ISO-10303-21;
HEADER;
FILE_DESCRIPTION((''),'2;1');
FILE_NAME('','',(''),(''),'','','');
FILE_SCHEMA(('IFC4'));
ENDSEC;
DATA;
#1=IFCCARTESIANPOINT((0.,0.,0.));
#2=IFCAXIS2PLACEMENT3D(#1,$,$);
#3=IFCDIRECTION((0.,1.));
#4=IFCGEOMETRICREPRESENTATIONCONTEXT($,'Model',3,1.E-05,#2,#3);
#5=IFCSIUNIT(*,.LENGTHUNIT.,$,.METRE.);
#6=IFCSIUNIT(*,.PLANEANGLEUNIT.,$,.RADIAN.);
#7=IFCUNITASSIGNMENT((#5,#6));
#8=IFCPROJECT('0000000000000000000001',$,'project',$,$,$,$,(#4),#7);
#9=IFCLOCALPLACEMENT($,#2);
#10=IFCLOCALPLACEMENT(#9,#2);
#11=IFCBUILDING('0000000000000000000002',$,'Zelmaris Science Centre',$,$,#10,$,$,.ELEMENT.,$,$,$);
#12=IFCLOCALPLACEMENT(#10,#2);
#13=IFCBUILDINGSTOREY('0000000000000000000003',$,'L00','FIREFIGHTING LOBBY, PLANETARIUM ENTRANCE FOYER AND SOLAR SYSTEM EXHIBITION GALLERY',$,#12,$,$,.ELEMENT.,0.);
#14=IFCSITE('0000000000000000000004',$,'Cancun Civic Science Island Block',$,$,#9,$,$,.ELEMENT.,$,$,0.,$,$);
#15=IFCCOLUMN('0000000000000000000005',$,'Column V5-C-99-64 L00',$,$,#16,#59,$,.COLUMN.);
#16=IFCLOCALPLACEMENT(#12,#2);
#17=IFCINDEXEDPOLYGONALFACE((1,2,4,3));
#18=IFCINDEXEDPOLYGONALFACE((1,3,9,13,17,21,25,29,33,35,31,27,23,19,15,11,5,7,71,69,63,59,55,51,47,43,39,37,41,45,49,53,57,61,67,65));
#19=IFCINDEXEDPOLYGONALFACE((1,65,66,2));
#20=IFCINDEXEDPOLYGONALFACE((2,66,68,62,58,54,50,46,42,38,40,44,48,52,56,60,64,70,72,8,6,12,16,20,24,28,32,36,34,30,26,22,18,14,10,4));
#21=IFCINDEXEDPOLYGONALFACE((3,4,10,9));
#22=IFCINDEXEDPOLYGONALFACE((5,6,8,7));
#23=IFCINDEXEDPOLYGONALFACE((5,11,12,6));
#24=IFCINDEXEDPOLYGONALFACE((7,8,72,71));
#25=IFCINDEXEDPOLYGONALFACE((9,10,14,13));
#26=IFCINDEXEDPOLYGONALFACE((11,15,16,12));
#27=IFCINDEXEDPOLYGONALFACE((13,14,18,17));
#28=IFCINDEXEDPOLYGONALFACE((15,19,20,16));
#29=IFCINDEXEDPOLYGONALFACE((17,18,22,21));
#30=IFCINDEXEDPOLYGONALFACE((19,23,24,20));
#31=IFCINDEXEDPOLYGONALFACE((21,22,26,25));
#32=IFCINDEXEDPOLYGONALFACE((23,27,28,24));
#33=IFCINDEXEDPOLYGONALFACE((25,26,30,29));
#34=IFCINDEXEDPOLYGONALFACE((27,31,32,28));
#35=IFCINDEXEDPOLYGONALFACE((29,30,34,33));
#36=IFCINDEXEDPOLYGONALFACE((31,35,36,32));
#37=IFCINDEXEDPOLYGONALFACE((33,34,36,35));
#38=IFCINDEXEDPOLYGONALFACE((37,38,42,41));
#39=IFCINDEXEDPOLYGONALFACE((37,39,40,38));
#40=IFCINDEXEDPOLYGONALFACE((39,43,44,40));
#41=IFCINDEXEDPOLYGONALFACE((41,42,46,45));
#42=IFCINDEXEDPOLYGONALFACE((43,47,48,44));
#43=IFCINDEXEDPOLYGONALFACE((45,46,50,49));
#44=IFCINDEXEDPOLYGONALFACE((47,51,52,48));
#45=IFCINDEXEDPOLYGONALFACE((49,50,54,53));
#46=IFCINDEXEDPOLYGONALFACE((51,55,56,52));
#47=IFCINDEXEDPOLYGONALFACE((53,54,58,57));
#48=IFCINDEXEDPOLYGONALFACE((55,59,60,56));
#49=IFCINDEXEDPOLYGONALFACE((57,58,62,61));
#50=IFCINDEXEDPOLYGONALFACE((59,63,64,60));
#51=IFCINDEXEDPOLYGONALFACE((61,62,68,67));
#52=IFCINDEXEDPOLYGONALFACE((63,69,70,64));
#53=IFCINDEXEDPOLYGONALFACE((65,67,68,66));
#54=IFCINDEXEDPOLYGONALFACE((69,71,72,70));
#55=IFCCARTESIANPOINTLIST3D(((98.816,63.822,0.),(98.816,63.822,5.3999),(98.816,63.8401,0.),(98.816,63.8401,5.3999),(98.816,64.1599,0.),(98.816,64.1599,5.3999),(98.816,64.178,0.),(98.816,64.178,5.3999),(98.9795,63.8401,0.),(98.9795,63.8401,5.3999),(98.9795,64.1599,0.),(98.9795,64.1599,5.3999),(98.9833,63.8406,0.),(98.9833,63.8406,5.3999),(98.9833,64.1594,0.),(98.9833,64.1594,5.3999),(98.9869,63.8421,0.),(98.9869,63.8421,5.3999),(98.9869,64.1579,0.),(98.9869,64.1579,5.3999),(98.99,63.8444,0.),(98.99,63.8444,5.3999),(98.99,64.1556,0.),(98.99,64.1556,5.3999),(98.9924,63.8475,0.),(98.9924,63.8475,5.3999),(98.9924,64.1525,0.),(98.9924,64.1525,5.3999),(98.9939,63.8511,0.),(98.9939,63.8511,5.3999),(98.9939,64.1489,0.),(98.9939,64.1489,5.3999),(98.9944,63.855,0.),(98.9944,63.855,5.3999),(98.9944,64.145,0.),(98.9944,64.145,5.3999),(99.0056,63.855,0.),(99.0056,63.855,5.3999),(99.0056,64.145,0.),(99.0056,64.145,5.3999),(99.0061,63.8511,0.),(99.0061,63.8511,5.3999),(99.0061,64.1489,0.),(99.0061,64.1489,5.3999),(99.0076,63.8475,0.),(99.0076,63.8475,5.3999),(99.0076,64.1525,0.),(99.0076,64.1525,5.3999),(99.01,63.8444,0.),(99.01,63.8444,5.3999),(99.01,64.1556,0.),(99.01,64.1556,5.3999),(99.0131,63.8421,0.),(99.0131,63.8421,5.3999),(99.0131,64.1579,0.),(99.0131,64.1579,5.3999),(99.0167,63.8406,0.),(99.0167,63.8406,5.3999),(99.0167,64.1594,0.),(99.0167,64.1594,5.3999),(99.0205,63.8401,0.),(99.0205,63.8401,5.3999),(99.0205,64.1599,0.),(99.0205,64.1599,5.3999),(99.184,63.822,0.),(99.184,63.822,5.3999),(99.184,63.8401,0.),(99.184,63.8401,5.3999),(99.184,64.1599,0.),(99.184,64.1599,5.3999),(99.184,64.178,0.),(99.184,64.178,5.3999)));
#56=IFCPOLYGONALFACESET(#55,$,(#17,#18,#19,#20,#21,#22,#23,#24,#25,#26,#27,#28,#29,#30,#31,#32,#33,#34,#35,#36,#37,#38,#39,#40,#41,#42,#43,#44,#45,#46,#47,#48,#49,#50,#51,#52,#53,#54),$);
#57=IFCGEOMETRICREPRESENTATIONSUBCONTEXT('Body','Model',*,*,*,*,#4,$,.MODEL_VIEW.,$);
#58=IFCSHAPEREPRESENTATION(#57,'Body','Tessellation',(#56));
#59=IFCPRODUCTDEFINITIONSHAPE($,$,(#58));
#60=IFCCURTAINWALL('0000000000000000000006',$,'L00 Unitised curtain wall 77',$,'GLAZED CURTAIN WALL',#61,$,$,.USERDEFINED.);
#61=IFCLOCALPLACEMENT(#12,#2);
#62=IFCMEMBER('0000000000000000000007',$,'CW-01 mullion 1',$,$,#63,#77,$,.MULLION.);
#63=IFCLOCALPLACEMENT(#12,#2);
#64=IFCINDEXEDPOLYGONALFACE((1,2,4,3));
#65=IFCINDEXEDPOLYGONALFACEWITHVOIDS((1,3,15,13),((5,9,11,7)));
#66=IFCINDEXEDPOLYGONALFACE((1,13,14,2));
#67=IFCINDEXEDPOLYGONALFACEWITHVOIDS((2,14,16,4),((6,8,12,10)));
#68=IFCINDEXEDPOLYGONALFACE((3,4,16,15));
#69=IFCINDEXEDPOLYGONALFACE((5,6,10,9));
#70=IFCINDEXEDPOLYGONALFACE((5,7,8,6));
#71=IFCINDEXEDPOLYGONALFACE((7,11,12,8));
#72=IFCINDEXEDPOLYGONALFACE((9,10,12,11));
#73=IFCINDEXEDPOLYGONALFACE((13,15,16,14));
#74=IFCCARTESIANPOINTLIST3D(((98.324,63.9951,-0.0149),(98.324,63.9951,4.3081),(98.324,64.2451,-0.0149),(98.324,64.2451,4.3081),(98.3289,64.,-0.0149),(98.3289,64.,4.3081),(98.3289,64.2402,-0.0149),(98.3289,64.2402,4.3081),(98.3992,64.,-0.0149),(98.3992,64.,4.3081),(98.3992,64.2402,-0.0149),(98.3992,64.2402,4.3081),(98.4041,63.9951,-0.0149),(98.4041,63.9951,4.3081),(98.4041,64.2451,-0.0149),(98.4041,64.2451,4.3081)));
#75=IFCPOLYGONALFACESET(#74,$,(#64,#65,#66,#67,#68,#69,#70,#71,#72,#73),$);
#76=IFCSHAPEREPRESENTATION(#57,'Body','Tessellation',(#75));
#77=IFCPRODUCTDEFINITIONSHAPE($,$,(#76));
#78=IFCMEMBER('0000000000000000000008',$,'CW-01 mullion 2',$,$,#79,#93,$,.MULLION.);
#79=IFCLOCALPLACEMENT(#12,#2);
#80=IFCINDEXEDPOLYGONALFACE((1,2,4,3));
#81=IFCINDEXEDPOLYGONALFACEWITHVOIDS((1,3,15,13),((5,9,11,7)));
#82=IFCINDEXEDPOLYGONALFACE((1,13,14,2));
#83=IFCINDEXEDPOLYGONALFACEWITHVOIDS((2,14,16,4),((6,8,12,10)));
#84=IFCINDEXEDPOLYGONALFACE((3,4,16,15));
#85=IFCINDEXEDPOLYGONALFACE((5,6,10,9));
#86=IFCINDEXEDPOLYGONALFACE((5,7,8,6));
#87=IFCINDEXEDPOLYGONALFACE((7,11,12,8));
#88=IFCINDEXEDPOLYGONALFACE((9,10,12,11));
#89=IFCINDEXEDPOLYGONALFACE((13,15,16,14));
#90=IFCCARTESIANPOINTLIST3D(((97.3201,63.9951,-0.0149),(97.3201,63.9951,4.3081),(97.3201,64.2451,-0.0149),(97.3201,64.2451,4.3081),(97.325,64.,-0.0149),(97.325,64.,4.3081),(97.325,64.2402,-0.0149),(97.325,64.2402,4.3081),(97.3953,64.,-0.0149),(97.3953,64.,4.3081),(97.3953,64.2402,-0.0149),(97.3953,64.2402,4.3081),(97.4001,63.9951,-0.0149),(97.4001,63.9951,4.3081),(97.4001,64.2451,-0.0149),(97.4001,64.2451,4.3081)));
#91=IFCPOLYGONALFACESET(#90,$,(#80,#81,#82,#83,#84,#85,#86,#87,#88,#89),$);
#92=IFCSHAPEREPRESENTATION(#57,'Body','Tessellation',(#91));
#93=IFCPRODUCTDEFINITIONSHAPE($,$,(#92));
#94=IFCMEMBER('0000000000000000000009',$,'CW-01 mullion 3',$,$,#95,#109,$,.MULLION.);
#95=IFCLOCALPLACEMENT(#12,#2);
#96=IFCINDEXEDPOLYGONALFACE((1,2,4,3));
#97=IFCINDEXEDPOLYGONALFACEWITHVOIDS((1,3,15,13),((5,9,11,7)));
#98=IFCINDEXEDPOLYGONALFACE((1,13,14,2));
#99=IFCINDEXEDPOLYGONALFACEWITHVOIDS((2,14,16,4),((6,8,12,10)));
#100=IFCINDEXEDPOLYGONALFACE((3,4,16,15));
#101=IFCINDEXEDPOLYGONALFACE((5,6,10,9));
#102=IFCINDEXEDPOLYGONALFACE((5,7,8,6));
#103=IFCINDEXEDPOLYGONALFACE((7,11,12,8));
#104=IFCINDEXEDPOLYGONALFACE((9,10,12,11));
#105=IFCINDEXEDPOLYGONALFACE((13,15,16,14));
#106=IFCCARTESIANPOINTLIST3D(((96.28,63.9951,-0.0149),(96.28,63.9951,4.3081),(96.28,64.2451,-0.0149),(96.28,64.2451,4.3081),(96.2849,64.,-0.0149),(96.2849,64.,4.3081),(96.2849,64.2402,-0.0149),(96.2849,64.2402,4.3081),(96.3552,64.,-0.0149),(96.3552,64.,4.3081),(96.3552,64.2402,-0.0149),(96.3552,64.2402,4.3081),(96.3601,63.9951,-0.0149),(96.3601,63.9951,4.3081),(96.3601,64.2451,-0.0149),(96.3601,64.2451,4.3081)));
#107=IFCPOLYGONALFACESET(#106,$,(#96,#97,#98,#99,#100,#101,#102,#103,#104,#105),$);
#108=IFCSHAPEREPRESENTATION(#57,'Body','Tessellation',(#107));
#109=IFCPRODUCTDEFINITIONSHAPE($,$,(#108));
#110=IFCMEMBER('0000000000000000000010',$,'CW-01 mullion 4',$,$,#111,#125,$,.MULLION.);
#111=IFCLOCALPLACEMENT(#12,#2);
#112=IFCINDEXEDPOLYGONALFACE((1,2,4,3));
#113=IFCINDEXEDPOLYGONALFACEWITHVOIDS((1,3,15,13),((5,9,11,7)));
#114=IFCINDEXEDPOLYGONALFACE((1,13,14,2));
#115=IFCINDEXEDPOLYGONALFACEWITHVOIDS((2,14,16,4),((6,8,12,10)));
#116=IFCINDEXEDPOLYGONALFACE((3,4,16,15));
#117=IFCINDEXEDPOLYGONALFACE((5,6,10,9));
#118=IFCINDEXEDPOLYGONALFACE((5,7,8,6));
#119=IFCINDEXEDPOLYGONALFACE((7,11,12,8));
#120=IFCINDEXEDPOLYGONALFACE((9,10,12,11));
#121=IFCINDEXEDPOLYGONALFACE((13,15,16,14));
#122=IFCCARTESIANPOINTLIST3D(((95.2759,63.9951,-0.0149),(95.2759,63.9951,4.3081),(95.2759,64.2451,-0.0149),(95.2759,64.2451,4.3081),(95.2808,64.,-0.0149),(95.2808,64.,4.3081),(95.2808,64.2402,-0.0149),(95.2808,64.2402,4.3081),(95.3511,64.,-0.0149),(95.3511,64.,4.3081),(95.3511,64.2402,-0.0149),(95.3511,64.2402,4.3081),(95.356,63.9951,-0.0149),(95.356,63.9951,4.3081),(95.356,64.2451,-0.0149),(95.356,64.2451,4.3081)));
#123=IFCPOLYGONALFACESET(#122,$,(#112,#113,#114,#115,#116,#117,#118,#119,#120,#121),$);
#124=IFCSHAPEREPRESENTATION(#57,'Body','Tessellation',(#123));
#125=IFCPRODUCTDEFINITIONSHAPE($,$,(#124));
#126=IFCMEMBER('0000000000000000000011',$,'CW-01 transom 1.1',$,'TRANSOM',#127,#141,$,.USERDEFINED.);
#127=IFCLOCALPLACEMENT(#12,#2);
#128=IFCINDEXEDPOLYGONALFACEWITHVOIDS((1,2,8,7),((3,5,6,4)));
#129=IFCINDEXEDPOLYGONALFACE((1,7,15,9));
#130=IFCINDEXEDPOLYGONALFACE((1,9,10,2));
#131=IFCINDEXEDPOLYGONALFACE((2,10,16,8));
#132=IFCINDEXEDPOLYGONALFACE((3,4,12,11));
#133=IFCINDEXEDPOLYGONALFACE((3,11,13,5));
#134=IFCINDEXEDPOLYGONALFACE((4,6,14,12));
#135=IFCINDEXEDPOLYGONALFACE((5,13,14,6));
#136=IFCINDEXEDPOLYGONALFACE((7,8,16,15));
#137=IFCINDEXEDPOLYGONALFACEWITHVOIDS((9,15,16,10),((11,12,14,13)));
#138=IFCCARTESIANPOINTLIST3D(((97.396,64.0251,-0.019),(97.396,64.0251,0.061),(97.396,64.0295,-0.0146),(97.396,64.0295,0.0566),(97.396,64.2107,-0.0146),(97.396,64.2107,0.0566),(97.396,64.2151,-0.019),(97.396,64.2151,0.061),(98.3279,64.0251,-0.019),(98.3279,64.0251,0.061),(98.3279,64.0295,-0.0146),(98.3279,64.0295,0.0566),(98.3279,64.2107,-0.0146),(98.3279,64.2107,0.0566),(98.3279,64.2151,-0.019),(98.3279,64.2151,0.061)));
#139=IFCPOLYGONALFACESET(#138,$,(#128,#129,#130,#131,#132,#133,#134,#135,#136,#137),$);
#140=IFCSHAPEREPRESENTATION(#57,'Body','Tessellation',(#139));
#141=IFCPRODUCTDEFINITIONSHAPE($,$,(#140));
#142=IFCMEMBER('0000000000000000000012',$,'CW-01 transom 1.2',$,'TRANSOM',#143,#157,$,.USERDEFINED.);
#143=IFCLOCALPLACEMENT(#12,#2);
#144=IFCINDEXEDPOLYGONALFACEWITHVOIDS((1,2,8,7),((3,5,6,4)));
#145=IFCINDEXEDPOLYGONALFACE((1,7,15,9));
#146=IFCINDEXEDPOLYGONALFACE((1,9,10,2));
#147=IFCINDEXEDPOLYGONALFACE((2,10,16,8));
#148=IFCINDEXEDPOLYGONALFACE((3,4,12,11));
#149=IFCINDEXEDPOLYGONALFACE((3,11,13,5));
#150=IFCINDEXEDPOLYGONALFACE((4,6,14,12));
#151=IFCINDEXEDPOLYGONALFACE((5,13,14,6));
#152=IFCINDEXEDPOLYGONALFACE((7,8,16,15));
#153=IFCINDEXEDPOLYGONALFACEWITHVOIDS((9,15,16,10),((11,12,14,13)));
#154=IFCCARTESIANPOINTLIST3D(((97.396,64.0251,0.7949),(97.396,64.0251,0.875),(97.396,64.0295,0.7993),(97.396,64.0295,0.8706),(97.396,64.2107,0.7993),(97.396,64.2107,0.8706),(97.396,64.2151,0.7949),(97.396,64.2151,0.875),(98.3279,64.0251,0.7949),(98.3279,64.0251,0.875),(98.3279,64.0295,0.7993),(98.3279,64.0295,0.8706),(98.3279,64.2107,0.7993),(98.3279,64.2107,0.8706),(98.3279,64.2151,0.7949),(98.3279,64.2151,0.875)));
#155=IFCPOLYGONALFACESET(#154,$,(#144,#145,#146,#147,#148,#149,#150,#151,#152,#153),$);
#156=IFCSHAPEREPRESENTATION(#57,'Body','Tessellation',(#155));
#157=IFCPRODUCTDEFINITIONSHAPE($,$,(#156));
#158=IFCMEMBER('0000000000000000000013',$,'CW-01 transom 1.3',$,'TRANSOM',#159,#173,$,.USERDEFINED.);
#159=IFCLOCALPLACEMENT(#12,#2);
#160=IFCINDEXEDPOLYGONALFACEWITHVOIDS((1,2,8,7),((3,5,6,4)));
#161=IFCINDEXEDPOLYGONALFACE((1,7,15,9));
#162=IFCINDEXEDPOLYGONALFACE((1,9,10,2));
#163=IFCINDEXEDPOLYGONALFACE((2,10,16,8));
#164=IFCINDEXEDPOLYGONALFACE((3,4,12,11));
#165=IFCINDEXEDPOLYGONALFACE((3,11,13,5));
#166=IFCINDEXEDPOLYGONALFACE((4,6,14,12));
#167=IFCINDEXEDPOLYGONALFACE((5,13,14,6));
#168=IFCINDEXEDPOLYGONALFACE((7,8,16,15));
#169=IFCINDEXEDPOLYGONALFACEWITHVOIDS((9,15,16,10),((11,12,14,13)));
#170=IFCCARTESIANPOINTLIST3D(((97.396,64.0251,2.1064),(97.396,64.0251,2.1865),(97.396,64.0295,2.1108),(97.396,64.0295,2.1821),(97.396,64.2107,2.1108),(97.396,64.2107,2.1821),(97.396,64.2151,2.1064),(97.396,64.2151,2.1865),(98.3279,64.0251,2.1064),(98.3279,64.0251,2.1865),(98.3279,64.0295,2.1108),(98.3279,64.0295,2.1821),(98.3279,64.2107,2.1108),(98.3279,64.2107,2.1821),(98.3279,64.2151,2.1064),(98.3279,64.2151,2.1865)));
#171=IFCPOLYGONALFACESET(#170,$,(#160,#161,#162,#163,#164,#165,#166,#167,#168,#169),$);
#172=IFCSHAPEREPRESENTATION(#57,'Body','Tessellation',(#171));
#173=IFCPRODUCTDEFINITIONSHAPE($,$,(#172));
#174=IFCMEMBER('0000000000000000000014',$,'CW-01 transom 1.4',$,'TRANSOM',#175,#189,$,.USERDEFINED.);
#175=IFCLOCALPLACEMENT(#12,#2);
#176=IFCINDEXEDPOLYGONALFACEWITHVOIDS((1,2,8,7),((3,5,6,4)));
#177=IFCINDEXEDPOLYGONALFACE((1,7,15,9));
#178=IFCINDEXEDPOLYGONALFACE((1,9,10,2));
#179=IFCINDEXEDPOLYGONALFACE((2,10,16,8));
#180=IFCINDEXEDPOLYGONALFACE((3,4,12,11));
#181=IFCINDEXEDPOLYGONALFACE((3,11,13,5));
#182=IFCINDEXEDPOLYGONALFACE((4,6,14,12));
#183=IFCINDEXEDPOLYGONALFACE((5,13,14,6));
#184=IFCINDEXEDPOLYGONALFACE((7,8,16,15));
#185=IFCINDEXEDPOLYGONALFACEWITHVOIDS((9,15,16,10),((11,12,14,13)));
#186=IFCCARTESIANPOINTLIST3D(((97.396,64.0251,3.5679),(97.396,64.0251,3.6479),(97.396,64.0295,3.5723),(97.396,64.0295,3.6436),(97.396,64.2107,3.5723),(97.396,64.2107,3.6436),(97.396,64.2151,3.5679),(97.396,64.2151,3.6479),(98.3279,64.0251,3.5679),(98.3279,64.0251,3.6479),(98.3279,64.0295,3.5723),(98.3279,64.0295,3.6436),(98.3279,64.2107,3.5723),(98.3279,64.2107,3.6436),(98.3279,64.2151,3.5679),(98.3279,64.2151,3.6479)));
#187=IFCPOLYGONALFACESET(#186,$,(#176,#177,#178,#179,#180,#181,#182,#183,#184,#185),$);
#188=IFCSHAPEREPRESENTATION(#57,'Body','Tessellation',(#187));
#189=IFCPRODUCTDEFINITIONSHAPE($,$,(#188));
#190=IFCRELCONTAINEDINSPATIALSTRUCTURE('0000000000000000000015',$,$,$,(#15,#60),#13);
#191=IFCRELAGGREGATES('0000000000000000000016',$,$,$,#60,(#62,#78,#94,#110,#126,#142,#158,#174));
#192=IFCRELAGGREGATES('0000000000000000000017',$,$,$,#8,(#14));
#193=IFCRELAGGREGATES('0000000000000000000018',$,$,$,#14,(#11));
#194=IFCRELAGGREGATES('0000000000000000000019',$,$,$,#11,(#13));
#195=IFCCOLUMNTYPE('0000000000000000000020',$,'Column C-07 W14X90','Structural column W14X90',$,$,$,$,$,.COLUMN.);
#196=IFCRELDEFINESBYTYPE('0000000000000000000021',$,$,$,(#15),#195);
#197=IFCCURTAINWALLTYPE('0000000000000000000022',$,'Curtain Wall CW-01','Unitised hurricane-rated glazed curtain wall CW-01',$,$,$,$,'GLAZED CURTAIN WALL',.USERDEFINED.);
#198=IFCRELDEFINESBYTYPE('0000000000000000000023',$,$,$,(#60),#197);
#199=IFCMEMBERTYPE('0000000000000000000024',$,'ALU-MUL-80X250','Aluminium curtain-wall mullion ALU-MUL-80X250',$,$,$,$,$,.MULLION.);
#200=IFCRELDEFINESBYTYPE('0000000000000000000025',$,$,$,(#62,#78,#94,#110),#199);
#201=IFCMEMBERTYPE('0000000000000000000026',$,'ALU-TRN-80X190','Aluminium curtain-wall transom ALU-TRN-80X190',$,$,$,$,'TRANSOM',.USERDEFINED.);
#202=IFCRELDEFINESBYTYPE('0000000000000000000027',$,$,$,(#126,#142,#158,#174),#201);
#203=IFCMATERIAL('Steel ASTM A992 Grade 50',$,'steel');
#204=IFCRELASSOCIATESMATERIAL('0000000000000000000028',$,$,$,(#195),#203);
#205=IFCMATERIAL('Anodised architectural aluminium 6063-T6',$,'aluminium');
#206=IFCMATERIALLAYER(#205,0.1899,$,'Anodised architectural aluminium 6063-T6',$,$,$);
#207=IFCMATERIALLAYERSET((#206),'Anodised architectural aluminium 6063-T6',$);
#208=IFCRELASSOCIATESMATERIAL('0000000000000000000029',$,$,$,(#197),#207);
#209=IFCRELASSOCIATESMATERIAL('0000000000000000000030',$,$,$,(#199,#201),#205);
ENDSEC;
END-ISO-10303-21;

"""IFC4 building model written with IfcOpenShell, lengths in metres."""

from ifc_helpers import new_model, si_unit, direction, frame, origin, origin_2d, place, context, subcontext, project, spatial, hollow_rectangle, i_section, extrude, material, layer, layer_set, material_profile, profile_set, type_object, element, aggregate, save


model = new_model("IFC4")

# Units and contexts
model_context = context("Model", 3, precision=1e-05, world=origin(), true_north=direction((0.0, 1.0)))
body_context = subcontext(model_context, "Body", "Model", "MODEL_VIEW")
ifc_project = project(units=[si_unit("LENGTHUNIT", "METRE"), si_unit("PLANEANGLEUNIT", "RADIAN")], contexts=[model_context])

# Site, building, storey
site_placement = place(None, origin())
site = spatial("IfcSite", under=ifc_project, at=site_placement, Name="Cancun Civic Science Island Block", CompositionType="ELEMENT", RefElevation=0.0)
building_placement = place(site_placement, origin())
building = spatial("IfcBuilding", under=site, at=building_placement, Name="Zelmaris Science Centre", CompositionType="ELEMENT")
storey_placement = place(building_placement, origin())
storey = spatial("IfcBuildingStorey", under=building, at=storey_placement, Name="L00", Description="FIREFIGHTING LOBBY, PLANETARIUM ENTRANCE FOYER AND SOLAR SYSTEM EXHIBITION GALLERY", CompositionType="ELEMENT", Elevation=0.0)

# Column
ifc_material_1 = material(Name="Steel ASTM A992 Grade 50", Category="steel")
ifc_material_profile_1 = material_profile(ifc_material_1, i_section(OverallWidth=0.3679, OverallDepth=0.356, WebThickness=0.0112, FlangeThickness=0.0181, FilletRadius=0.0149, at=origin_2d()), Name="W14X90")
ifc_profile_set_1 = profile_set([ifc_material_profile_1], Name="Steel ASTM A992 Grade 50")
column_type = type_object("IfcColumnType", Name="Column C-07 W14X90", Description="Structural column W14X90", PredefinedType="COLUMN", material=ifc_profile_set_1)
column_placement = place(storey_placement, frame((99.0, 64.0, 0.0), z_axis=(0.0, 0.0, 1.0), x_axis=(1.0, 0.0, 0.0)))
element("IfcColumn", 1, at=column_placement, inside=storey, type_object=column_type, Name="Column V5-C-99-64 L00", PredefinedType="COLUMN", context=body_context, shape_type="SweptSolid", body=[
    extrude(i_section(OverallWidth=0.3679, OverallDepth=0.356, WebThickness=0.0112, FlangeThickness=0.0181, FilletRadius=0.0149, at=origin_2d()), origin(), (0.0, 0.0, 1.0), 5.3999),
])

# Curtain wall, members
ifc_material_2 = material(Name="Anodised architectural aluminium 6063-T6", Category="aluminium")
ifc_layer_1 = layer(ifc_material_2, 0.1899, Name="Anodised architectural aluminium 6063-T6")
ifc_layer_set_1 = layer_set([ifc_layer_1], Name="Anodised architectural aluminium 6063-T6")
curtain_wall_type = type_object("IfcCurtainWallType", Name="Curtain Wall CW-01", Description="Unitised hurricane-rated glazed curtain wall CW-01", ElementType="GLAZED CURTAIN WALL", PredefinedType="USERDEFINED", material=ifc_layer_set_1)
curtain_wall_placement = place(storey_placement, origin())
curtain_wall = element("IfcCurtainWall", 2, at=curtain_wall_placement, inside=storey, type_object=curtain_wall_type, Name="L00 Unitised curtain wall 77", ObjectType="GLAZED CURTAIN WALL", PredefinedType="USERDEFINED")
ifc_material_profile_2 = material_profile(ifc_material_2, hollow_rectangle(XDim=0.0801, YDim=0.25, WallThickness=0.0049, at=origin_2d()), Name="ALU-MUL-80X250")
ifc_profile_set_2 = profile_set([ifc_material_profile_2], Name="Anodised architectural aluminium 6063-T6")
member_type_1 = type_object("IfcMemberType", Name="ALU-MUL-80X250", Description="Aluminium curtain-wall mullion ALU-MUL-80X250", PredefinedType="MULLION", material=ifc_profile_set_2)
member_1_placement = place(storey_placement, frame((98.364, 64.1201, -0.0149), z_axis=(0.0, 0.0, 1.0), x_axis=(-1.0, 0.000009, 0.0)))
member_1 = element("IfcMember", 3, at=member_1_placement, type_object=member_type_1, Name="CW-01 mullion 1", PredefinedType="MULLION", context=body_context, shape_type="SweptSolid", body=[
    extrude(hollow_rectangle(XDim=0.0801, YDim=0.25, WallThickness=0.0049, at=origin_2d()), origin(), (0.0, 0.0, 1.0), 4.323),
])
member_2_placement = place(storey_placement, frame((97.3601, 64.1201, -0.0149), z_axis=(0.0, 0.0, 1.0), x_axis=(-1.0, 0.000009, 0.0)))
member_2 = element("IfcMember", 4, at=member_2_placement, type_object=member_type_1, Name="CW-01 mullion 2", PredefinedType="MULLION", context=body_context, shape_type="SweptSolid", body=[
    extrude(hollow_rectangle(XDim=0.0801, YDim=0.25, WallThickness=0.0049, at=origin_2d()), origin(), (0.0, 0.0, 1.0), 4.323),
])
member_3_placement = place(storey_placement, frame((96.3201, 64.1201, -0.0149), z_axis=(0.0, 0.0, 1.0), x_axis=(-1.0, 0.000009, 0.0)))
member_3 = element("IfcMember", 5, at=member_3_placement, type_object=member_type_1, Name="CW-01 mullion 3", PredefinedType="MULLION", context=body_context, shape_type="SweptSolid", body=[
    extrude(hollow_rectangle(XDim=0.0801, YDim=0.25, WallThickness=0.0049, at=origin_2d()), origin(), (0.0, 0.0, 1.0), 4.323),
])
member_4_placement = place(storey_placement, frame((95.3159, 64.1201, -0.0149), z_axis=(0.0, 0.0, 1.0), x_axis=(-1.0, 0.000009, 0.0)))
member_4 = element("IfcMember", 6, at=member_4_placement, type_object=member_type_1, Name="CW-01 mullion 4", PredefinedType="MULLION", context=body_context, shape_type="SweptSolid", body=[
    extrude(hollow_rectangle(XDim=0.0801, YDim=0.25, WallThickness=0.0049, at=origin_2d()), origin(), (0.0, 0.0, 1.0), 4.323),
])
ifc_material_profile_3 = material_profile(ifc_material_2, hollow_rectangle(XDim=0.0801, YDim=0.1899, WallThickness=0.0044, at=origin_2d()), Name="ALU-TRN-80X190")
ifc_profile_set_3 = profile_set([ifc_material_profile_3], Name="Anodised architectural aluminium 6063-T6")
member_type_2 = type_object("IfcMemberType", Name="ALU-TRN-80X190", Description="Aluminium curtain-wall transom ALU-TRN-80X190", ElementType="TRANSOM", PredefinedType="USERDEFINED", material=ifc_profile_set_3)
member_5_placement = place(storey_placement, frame((98.3279, 64.1201, 0.021), z_axis=(-1.0, 0.0, 0.0), x_axis=(0.0, 0.0, 1.0)))
member_5 = element("IfcMember", 7, at=member_5_placement, type_object=member_type_2, Name="CW-01 transom 1.1", ObjectType="TRANSOM", PredefinedType="USERDEFINED", context=body_context, shape_type="SweptSolid", body=[
    extrude(hollow_rectangle(XDim=0.0801, YDim=0.1899, WallThickness=0.0044, at=origin_2d()), origin(), (0.0, 0.0, 1.0), 0.9319),
])
member_6_placement = place(storey_placement, frame((98.3279, 64.1201, 0.835), z_axis=(-1.0, 0.0, 0.0), x_axis=(0.0, 0.0, 1.0)))
member_6 = element("IfcMember", 8, at=member_6_placement, type_object=member_type_2, Name="CW-01 transom 1.2", ObjectType="TRANSOM", PredefinedType="USERDEFINED", context=body_context, shape_type="SweptSolid", body=[
    extrude(hollow_rectangle(XDim=0.0801, YDim=0.1899, WallThickness=0.0044, at=origin_2d()), origin(), (0.0, 0.0, 1.0), 0.9319),
])
member_7_placement = place(storey_placement, frame((98.3279, 64.1201, 2.1465), z_axis=(-1.0, 0.0, 0.0), x_axis=(0.0, 0.0, 1.0)))
member_7 = element("IfcMember", 9, at=member_7_placement, type_object=member_type_2, Name="CW-01 transom 1.3", ObjectType="TRANSOM", PredefinedType="USERDEFINED", context=body_context, shape_type="SweptSolid", body=[
    extrude(hollow_rectangle(XDim=0.0801, YDim=0.1899, WallThickness=0.0044, at=origin_2d()), origin(), (0.0, 0.0, 1.0), 0.9319),
])
member_8_placement = place(storey_placement, frame((98.3279, 64.1201, 3.6079), z_axis=(-1.0, 0.0, 0.0), x_axis=(0.0, 0.0, 1.0)))
member_8 = element("IfcMember", 10, at=member_8_placement, type_object=member_type_2, Name="CW-01 transom 1.4", ObjectType="TRANSOM", PredefinedType="USERDEFINED", context=body_context, shape_type="SweptSolid", body=[
    extrude(hollow_rectangle(XDim=0.0801, YDim=0.1899, WallThickness=0.0044, at=origin_2d()), origin(), (0.0, 0.0, 1.0), 0.9319),
])

aggregate(curtain_wall, [member_1, member_2, member_3, member_4, member_5, member_6, member_7, member_8])

save(model, "model.ifc")
